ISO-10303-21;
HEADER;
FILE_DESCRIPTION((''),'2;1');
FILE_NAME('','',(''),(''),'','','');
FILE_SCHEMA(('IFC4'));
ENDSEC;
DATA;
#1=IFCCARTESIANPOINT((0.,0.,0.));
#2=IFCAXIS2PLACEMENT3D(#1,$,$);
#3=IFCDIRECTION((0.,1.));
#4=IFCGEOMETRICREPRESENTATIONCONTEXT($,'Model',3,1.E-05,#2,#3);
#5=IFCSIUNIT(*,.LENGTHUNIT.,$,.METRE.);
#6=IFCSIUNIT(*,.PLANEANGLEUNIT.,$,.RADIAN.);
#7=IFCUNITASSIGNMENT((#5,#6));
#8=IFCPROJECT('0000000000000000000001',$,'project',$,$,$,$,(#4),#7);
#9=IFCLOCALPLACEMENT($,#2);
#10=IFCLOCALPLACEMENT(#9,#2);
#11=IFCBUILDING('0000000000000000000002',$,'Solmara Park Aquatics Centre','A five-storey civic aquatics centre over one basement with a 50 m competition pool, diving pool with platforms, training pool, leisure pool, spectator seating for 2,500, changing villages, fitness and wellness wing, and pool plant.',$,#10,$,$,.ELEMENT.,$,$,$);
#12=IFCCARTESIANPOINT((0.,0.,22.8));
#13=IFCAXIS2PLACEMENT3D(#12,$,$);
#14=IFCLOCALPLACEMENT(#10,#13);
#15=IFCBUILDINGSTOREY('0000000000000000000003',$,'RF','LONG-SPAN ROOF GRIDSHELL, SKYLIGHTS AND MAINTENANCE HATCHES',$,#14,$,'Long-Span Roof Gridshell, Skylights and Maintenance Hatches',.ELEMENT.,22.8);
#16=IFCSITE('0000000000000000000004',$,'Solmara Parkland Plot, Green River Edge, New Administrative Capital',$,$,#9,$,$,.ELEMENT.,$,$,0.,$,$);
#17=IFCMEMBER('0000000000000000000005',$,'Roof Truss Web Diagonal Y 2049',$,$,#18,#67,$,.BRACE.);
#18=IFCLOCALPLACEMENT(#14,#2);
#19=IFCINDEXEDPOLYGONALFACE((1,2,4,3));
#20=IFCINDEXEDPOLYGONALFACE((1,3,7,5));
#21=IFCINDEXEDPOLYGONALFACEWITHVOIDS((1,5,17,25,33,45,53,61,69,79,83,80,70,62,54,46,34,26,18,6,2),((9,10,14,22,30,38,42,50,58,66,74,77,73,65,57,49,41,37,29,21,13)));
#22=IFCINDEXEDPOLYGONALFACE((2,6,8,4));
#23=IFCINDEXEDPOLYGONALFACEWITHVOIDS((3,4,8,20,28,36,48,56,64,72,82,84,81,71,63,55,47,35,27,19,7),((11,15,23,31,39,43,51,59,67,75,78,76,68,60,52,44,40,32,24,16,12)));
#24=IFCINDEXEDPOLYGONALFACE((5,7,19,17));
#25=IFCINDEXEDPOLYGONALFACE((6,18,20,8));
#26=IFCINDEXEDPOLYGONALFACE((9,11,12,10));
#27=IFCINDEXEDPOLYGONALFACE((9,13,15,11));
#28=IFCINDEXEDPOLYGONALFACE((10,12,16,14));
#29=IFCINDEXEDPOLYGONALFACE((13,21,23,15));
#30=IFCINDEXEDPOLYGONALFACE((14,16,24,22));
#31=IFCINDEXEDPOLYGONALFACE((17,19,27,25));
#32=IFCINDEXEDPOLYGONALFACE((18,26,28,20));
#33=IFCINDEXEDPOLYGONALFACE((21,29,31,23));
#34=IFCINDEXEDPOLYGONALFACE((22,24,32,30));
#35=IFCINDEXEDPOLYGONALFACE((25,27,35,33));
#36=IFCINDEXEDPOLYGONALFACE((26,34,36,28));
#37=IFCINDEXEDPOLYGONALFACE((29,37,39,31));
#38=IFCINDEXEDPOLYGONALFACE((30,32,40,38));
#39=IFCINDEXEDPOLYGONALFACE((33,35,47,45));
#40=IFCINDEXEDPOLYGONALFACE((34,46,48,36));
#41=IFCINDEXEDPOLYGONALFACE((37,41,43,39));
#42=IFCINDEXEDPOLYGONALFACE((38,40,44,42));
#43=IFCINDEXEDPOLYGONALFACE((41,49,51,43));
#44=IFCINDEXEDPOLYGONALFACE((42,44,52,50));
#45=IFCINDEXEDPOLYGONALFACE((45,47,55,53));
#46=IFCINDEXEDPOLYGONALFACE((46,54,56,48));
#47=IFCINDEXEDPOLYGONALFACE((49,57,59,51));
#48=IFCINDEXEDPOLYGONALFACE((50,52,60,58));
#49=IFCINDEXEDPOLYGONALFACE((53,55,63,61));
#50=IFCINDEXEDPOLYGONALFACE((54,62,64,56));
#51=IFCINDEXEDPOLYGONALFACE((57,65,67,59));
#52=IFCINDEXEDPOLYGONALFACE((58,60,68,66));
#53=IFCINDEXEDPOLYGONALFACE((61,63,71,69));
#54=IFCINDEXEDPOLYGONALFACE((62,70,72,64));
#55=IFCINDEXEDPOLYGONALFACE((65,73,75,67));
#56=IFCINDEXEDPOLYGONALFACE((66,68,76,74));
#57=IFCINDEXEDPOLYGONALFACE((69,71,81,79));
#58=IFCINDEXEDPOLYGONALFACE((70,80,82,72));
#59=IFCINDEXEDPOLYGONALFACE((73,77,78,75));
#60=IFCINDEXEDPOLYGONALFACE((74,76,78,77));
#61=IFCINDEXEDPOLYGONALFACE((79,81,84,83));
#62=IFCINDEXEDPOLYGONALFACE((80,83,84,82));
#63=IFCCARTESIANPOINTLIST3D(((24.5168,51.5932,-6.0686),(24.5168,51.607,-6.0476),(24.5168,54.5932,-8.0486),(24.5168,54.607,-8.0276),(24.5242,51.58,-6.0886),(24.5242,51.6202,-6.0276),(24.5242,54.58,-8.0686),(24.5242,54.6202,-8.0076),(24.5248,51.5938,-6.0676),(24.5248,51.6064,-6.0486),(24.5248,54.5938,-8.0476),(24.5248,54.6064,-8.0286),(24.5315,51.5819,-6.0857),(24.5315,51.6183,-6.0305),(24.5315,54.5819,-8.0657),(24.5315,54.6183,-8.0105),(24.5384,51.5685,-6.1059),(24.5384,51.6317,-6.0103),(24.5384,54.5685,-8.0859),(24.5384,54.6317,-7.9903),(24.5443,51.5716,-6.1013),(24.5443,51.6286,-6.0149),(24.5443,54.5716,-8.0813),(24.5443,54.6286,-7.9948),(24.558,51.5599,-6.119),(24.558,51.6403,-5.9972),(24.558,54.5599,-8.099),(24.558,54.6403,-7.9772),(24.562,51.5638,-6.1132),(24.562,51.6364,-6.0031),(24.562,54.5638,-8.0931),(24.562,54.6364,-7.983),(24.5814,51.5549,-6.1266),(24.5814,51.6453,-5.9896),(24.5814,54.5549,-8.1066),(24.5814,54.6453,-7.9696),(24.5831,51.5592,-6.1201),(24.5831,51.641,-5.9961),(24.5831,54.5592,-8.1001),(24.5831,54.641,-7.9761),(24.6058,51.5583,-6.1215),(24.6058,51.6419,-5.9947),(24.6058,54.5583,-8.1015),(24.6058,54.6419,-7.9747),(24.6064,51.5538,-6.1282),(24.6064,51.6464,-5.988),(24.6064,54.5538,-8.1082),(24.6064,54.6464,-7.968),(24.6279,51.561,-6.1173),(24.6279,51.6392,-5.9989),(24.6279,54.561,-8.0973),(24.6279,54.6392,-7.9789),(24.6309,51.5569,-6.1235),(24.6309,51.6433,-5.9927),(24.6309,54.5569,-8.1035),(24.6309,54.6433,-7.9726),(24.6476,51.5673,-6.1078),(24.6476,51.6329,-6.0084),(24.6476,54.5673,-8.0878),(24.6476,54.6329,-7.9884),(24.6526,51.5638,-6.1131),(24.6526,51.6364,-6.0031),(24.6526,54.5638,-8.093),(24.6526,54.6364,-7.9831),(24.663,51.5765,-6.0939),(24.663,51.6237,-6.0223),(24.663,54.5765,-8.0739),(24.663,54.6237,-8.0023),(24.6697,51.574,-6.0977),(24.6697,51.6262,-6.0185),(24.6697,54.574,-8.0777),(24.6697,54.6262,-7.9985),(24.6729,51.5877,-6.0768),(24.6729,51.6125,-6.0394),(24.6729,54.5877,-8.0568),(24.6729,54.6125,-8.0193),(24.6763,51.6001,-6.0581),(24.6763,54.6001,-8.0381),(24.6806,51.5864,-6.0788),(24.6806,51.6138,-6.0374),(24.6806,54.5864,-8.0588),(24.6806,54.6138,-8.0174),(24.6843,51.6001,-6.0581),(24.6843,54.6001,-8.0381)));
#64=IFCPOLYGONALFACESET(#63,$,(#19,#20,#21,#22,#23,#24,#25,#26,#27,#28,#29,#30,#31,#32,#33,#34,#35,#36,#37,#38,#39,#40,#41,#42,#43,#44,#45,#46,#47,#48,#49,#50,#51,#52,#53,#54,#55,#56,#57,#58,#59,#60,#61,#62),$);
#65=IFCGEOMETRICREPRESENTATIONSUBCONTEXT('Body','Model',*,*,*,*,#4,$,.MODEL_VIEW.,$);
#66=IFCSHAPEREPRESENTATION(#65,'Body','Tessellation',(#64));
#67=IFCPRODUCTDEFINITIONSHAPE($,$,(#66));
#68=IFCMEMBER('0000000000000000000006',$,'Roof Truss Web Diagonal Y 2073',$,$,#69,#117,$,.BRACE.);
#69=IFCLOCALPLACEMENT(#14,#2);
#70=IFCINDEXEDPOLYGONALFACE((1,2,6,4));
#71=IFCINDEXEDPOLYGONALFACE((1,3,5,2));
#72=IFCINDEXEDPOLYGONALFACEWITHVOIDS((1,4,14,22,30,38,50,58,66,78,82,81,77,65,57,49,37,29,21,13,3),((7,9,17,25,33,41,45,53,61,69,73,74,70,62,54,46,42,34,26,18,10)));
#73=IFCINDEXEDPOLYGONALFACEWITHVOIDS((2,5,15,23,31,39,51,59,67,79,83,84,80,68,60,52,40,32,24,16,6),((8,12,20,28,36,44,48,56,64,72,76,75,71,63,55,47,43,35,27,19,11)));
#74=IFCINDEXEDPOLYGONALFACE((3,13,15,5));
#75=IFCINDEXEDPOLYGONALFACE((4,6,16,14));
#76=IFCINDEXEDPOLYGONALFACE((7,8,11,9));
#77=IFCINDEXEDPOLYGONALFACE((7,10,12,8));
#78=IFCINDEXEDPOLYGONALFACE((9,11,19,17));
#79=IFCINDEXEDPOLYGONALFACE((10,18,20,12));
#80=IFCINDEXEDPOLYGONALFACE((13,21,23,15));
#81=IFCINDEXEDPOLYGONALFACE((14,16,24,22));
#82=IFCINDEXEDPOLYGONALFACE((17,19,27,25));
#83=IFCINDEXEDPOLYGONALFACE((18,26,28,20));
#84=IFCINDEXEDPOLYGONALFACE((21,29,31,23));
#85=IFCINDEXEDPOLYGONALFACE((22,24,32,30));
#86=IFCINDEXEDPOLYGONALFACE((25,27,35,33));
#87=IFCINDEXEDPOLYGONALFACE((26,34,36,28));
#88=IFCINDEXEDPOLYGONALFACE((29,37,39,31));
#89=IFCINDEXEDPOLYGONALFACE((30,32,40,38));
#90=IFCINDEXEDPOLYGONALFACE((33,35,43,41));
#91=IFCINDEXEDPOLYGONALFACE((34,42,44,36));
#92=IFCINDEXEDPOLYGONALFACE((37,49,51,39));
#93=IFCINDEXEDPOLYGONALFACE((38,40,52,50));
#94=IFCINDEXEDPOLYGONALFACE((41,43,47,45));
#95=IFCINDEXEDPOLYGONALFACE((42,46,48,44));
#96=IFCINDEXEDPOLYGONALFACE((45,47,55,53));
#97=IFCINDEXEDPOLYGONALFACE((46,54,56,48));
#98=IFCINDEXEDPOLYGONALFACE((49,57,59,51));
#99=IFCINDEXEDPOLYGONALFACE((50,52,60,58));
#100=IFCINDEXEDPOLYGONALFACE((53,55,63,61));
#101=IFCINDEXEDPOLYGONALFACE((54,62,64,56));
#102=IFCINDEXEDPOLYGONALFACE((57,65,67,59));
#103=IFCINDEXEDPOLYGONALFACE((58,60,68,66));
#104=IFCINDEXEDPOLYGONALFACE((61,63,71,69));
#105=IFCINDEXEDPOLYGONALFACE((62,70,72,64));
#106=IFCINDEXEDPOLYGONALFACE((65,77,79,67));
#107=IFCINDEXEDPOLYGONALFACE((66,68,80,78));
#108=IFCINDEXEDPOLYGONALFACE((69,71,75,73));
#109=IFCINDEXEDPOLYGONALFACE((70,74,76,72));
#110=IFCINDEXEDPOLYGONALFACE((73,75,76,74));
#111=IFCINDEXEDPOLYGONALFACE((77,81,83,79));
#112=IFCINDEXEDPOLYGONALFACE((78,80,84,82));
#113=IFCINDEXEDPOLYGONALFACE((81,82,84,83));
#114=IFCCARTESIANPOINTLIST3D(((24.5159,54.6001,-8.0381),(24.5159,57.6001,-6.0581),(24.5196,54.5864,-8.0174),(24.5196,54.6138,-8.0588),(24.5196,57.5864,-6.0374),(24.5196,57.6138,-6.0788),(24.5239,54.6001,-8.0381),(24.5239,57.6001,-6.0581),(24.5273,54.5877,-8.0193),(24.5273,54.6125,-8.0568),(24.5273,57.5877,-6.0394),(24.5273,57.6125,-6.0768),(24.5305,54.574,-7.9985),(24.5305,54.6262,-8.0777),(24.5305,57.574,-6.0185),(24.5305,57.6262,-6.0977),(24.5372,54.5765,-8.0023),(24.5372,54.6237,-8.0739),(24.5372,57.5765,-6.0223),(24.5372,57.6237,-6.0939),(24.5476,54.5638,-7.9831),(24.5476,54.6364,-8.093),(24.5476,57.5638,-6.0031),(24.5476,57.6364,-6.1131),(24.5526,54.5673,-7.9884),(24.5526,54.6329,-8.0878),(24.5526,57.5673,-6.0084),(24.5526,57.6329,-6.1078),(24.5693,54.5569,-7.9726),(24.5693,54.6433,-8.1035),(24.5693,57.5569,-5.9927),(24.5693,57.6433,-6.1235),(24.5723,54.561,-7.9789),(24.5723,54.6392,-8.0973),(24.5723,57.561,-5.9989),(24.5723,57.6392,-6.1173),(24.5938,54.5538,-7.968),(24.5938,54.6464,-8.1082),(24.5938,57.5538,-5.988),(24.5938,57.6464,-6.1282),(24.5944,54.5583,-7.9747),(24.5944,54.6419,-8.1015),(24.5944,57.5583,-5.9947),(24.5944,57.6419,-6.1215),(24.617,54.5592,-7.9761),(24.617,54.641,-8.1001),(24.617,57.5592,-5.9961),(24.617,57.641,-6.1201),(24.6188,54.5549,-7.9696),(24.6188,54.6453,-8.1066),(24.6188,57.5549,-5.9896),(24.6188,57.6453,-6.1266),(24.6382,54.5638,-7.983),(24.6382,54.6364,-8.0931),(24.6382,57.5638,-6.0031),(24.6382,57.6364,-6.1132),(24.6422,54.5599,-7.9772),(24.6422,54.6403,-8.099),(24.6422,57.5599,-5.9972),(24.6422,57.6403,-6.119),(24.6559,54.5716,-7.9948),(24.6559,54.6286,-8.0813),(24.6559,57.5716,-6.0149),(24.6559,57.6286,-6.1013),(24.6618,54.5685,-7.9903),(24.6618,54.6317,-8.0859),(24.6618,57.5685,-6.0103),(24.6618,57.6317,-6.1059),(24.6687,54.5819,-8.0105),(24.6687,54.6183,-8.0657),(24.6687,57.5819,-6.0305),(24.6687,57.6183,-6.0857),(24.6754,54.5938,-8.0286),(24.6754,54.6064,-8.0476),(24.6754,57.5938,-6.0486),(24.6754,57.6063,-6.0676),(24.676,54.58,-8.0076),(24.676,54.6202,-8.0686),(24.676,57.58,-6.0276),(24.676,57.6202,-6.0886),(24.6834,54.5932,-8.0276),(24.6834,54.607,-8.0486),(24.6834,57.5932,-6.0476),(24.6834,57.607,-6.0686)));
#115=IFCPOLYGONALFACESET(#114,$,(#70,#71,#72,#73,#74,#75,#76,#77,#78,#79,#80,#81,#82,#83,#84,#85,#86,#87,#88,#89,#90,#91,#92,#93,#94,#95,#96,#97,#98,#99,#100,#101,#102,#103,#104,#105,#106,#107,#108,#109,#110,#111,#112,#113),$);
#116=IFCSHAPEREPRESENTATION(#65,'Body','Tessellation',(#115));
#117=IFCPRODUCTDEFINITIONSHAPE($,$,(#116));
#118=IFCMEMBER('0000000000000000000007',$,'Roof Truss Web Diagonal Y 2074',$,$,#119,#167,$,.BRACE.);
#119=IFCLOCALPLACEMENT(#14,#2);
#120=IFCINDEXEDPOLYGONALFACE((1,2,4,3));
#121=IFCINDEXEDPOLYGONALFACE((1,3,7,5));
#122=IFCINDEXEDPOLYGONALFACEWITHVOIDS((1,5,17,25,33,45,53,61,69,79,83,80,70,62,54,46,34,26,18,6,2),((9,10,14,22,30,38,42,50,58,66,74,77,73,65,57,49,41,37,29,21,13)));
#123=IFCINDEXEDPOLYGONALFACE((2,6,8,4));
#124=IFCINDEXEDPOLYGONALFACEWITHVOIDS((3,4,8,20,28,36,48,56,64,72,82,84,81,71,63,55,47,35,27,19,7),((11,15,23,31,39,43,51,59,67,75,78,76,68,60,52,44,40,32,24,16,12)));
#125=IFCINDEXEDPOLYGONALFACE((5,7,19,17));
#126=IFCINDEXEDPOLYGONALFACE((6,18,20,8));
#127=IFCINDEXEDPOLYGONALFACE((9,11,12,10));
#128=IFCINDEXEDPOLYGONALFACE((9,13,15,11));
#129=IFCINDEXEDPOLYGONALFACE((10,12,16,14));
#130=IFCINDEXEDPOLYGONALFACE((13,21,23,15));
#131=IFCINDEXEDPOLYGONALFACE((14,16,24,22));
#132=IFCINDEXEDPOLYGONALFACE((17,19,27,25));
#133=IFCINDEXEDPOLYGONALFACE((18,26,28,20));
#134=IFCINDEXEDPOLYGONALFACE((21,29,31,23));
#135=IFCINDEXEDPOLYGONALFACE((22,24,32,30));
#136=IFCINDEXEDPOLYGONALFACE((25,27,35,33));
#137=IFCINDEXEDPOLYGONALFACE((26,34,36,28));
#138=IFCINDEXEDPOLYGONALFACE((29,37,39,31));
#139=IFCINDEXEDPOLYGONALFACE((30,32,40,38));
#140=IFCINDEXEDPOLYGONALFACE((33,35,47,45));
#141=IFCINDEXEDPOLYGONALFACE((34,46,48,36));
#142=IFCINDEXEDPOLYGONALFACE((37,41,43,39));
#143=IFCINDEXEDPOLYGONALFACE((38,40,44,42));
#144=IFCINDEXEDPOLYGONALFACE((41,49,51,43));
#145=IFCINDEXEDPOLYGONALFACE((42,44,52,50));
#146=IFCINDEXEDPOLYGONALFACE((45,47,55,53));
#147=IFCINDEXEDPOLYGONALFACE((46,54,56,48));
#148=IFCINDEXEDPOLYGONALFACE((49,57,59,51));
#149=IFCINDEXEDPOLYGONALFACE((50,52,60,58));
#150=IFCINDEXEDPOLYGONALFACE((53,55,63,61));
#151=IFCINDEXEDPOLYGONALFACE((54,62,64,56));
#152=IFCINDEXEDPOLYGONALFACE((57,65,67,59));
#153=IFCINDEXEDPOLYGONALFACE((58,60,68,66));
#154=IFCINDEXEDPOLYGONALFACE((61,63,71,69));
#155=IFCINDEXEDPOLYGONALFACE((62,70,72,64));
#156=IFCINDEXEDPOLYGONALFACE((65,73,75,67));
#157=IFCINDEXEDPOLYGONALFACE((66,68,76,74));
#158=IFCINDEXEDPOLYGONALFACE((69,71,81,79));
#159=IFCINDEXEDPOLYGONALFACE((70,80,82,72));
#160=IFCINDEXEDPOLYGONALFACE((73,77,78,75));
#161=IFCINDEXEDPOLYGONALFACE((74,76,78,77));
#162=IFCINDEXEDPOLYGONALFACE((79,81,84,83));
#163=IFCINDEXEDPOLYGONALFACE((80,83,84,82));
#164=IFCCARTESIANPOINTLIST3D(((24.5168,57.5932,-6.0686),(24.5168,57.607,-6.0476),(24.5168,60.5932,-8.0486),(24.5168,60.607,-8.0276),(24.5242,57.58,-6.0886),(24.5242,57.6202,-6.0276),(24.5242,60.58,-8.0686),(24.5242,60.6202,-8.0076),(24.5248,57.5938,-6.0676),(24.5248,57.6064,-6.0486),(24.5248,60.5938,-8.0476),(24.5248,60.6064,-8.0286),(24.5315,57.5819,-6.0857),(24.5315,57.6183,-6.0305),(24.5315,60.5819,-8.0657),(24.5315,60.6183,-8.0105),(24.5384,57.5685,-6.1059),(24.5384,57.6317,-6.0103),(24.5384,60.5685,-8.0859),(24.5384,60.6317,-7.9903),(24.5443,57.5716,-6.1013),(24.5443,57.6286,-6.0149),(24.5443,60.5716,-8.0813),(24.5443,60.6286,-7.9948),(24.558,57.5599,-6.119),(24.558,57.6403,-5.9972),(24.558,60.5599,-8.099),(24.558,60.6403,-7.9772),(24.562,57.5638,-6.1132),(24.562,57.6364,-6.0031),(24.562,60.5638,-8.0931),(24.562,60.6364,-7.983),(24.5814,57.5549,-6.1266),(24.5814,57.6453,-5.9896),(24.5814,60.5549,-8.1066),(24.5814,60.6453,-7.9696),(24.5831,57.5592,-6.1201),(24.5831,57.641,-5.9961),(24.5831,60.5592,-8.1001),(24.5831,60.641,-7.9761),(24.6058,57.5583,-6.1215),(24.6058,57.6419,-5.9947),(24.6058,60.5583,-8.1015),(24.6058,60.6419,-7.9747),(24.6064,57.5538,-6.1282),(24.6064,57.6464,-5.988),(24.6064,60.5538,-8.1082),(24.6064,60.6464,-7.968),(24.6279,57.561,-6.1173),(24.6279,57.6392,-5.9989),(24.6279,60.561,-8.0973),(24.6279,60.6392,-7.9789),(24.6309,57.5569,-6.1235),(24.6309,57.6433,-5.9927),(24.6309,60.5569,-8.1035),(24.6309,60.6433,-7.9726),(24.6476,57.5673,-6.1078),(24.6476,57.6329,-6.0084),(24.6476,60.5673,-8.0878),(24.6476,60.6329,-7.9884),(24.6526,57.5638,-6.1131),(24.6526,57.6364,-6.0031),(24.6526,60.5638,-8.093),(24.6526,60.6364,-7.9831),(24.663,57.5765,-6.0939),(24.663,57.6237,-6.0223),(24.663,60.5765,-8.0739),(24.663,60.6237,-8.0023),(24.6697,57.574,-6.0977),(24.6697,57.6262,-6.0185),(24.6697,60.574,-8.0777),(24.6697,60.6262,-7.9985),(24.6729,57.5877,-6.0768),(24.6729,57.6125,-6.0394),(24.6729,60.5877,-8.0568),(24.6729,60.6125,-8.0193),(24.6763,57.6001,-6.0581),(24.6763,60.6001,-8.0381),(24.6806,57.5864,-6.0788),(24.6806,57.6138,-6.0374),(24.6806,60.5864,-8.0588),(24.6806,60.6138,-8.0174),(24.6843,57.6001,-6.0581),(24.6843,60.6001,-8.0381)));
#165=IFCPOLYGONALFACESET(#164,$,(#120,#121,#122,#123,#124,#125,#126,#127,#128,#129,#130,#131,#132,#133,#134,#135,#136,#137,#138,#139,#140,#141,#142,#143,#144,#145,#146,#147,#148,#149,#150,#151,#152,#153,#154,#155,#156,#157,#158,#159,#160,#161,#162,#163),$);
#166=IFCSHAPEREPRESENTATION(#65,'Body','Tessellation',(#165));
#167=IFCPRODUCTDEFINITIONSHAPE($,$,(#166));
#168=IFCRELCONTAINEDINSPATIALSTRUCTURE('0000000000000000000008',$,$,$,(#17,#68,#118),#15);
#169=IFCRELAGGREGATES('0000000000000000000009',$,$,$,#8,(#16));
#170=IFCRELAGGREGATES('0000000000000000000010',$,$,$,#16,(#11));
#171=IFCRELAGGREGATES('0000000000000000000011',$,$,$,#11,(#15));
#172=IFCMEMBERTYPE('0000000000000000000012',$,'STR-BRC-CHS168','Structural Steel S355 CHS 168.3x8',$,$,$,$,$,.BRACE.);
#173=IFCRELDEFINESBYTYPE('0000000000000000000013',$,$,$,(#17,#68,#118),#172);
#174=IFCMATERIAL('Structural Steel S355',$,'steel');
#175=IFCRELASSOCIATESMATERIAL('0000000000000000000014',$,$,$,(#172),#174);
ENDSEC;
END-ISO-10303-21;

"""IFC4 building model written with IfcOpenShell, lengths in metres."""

from ifc_helpers import new_model, si_unit, direction, frame, origin, origin_2d, place, context, subcontext, project, spatial, hollow_circle, extrude, material, material_profile, profile_set, type_object, element, save


model = new_model("IFC4")

# Units and contexts
model_context = context("Model", 3, precision=1e-05, world=origin(), true_north=direction((0.0, 1.0)))
body_context = subcontext(model_context, "Body", "Model", "MODEL_VIEW")
ifc_project = project(units=[si_unit("LENGTHUNIT", "METRE"), si_unit("PLANEANGLEUNIT", "RADIAN")], contexts=[model_context])

# Site, building, storey
site_placement = place(None, origin())
site = spatial("IfcSite", under=ifc_project, at=site_placement, Name="Solmara Parkland Plot, Green River Edge, New Administrative Capital", CompositionType="ELEMENT", RefElevation=0.0)
building_placement = place(site_placement, origin())
building = spatial("IfcBuilding", under=site, at=building_placement, Name="Solmara Park Aquatics Centre", Description="A five-storey civic aquatics centre over one basement with a 50 m competition pool, diving pool with platforms, training pool, leisure pool, spectator seating for 2,500, changing villages, fitness and wellness wing, and pool plant.", CompositionType="ELEMENT")
storey_placement = place(building_placement, frame((0.0, 0.0, 22.8)))
storey = spatial("IfcBuildingStorey", under=building, at=storey_placement, Name="RF", Description="LONG-SPAN ROOF GRIDSHELL, SKYLIGHTS AND MAINTENANCE HATCHES", LongName="Long-Span Roof Gridshell, Skylights and Maintenance Hatches", CompositionType="ELEMENT", Elevation=22.8)

# Members
ifc_material_1 = material(Name="Structural Steel S355", Category="steel")
ifc_material_profile_1 = material_profile(ifc_material_1, hollow_circle(Radius=0.0842, WallThickness=0.0081, at=origin_2d()), Name="CHS 168.3x8")
ifc_profile_set_1 = profile_set([ifc_material_profile_1], Name="Structural Steel S355")
member_type_1 = type_object("IfcMemberType", Name="STR-BRC-CHS168", Description="Structural Steel S355 CHS 168.3x8", PredefinedType="BRACE", material=ifc_profile_set_1)
for number, where, z_axis, x_axis, name in (
    (1, (24.6001, 54.6001, -8.0381), (0.0, -0.834612, 0.550838), (1.0, 0.0, 0.0), "Roof Truss Web Diagonal Y 2049"),
    (2, (24.6001, 54.6001, -8.0381), (0.0, 0.834612, 0.550838), (-1.0, 0.0, 0.0), "Roof Truss Web Diagonal Y 2073"),
    (3, (24.6001, 60.6001, -8.0381), (0.0, -0.834612, 0.550838), (1.0, 0.0, 0.0), "Roof Truss Web Diagonal Y 2074"),
):
    element("IfcMember", number, at=place(storey_placement, frame(where, z_axis=z_axis, x_axis=x_axis)), inside=storey, type_object=member_type_1, Name=name, PredefinedType="BRACE", context=body_context, shape_type="SweptSolid", body=[
        extrude(hollow_circle(Radius=0.0842, WallThickness=0.0081, at=origin_2d()), origin(), (0.0, 0.0, 1.0), 3.5945),
    ])

save(model, "model.ifc")
